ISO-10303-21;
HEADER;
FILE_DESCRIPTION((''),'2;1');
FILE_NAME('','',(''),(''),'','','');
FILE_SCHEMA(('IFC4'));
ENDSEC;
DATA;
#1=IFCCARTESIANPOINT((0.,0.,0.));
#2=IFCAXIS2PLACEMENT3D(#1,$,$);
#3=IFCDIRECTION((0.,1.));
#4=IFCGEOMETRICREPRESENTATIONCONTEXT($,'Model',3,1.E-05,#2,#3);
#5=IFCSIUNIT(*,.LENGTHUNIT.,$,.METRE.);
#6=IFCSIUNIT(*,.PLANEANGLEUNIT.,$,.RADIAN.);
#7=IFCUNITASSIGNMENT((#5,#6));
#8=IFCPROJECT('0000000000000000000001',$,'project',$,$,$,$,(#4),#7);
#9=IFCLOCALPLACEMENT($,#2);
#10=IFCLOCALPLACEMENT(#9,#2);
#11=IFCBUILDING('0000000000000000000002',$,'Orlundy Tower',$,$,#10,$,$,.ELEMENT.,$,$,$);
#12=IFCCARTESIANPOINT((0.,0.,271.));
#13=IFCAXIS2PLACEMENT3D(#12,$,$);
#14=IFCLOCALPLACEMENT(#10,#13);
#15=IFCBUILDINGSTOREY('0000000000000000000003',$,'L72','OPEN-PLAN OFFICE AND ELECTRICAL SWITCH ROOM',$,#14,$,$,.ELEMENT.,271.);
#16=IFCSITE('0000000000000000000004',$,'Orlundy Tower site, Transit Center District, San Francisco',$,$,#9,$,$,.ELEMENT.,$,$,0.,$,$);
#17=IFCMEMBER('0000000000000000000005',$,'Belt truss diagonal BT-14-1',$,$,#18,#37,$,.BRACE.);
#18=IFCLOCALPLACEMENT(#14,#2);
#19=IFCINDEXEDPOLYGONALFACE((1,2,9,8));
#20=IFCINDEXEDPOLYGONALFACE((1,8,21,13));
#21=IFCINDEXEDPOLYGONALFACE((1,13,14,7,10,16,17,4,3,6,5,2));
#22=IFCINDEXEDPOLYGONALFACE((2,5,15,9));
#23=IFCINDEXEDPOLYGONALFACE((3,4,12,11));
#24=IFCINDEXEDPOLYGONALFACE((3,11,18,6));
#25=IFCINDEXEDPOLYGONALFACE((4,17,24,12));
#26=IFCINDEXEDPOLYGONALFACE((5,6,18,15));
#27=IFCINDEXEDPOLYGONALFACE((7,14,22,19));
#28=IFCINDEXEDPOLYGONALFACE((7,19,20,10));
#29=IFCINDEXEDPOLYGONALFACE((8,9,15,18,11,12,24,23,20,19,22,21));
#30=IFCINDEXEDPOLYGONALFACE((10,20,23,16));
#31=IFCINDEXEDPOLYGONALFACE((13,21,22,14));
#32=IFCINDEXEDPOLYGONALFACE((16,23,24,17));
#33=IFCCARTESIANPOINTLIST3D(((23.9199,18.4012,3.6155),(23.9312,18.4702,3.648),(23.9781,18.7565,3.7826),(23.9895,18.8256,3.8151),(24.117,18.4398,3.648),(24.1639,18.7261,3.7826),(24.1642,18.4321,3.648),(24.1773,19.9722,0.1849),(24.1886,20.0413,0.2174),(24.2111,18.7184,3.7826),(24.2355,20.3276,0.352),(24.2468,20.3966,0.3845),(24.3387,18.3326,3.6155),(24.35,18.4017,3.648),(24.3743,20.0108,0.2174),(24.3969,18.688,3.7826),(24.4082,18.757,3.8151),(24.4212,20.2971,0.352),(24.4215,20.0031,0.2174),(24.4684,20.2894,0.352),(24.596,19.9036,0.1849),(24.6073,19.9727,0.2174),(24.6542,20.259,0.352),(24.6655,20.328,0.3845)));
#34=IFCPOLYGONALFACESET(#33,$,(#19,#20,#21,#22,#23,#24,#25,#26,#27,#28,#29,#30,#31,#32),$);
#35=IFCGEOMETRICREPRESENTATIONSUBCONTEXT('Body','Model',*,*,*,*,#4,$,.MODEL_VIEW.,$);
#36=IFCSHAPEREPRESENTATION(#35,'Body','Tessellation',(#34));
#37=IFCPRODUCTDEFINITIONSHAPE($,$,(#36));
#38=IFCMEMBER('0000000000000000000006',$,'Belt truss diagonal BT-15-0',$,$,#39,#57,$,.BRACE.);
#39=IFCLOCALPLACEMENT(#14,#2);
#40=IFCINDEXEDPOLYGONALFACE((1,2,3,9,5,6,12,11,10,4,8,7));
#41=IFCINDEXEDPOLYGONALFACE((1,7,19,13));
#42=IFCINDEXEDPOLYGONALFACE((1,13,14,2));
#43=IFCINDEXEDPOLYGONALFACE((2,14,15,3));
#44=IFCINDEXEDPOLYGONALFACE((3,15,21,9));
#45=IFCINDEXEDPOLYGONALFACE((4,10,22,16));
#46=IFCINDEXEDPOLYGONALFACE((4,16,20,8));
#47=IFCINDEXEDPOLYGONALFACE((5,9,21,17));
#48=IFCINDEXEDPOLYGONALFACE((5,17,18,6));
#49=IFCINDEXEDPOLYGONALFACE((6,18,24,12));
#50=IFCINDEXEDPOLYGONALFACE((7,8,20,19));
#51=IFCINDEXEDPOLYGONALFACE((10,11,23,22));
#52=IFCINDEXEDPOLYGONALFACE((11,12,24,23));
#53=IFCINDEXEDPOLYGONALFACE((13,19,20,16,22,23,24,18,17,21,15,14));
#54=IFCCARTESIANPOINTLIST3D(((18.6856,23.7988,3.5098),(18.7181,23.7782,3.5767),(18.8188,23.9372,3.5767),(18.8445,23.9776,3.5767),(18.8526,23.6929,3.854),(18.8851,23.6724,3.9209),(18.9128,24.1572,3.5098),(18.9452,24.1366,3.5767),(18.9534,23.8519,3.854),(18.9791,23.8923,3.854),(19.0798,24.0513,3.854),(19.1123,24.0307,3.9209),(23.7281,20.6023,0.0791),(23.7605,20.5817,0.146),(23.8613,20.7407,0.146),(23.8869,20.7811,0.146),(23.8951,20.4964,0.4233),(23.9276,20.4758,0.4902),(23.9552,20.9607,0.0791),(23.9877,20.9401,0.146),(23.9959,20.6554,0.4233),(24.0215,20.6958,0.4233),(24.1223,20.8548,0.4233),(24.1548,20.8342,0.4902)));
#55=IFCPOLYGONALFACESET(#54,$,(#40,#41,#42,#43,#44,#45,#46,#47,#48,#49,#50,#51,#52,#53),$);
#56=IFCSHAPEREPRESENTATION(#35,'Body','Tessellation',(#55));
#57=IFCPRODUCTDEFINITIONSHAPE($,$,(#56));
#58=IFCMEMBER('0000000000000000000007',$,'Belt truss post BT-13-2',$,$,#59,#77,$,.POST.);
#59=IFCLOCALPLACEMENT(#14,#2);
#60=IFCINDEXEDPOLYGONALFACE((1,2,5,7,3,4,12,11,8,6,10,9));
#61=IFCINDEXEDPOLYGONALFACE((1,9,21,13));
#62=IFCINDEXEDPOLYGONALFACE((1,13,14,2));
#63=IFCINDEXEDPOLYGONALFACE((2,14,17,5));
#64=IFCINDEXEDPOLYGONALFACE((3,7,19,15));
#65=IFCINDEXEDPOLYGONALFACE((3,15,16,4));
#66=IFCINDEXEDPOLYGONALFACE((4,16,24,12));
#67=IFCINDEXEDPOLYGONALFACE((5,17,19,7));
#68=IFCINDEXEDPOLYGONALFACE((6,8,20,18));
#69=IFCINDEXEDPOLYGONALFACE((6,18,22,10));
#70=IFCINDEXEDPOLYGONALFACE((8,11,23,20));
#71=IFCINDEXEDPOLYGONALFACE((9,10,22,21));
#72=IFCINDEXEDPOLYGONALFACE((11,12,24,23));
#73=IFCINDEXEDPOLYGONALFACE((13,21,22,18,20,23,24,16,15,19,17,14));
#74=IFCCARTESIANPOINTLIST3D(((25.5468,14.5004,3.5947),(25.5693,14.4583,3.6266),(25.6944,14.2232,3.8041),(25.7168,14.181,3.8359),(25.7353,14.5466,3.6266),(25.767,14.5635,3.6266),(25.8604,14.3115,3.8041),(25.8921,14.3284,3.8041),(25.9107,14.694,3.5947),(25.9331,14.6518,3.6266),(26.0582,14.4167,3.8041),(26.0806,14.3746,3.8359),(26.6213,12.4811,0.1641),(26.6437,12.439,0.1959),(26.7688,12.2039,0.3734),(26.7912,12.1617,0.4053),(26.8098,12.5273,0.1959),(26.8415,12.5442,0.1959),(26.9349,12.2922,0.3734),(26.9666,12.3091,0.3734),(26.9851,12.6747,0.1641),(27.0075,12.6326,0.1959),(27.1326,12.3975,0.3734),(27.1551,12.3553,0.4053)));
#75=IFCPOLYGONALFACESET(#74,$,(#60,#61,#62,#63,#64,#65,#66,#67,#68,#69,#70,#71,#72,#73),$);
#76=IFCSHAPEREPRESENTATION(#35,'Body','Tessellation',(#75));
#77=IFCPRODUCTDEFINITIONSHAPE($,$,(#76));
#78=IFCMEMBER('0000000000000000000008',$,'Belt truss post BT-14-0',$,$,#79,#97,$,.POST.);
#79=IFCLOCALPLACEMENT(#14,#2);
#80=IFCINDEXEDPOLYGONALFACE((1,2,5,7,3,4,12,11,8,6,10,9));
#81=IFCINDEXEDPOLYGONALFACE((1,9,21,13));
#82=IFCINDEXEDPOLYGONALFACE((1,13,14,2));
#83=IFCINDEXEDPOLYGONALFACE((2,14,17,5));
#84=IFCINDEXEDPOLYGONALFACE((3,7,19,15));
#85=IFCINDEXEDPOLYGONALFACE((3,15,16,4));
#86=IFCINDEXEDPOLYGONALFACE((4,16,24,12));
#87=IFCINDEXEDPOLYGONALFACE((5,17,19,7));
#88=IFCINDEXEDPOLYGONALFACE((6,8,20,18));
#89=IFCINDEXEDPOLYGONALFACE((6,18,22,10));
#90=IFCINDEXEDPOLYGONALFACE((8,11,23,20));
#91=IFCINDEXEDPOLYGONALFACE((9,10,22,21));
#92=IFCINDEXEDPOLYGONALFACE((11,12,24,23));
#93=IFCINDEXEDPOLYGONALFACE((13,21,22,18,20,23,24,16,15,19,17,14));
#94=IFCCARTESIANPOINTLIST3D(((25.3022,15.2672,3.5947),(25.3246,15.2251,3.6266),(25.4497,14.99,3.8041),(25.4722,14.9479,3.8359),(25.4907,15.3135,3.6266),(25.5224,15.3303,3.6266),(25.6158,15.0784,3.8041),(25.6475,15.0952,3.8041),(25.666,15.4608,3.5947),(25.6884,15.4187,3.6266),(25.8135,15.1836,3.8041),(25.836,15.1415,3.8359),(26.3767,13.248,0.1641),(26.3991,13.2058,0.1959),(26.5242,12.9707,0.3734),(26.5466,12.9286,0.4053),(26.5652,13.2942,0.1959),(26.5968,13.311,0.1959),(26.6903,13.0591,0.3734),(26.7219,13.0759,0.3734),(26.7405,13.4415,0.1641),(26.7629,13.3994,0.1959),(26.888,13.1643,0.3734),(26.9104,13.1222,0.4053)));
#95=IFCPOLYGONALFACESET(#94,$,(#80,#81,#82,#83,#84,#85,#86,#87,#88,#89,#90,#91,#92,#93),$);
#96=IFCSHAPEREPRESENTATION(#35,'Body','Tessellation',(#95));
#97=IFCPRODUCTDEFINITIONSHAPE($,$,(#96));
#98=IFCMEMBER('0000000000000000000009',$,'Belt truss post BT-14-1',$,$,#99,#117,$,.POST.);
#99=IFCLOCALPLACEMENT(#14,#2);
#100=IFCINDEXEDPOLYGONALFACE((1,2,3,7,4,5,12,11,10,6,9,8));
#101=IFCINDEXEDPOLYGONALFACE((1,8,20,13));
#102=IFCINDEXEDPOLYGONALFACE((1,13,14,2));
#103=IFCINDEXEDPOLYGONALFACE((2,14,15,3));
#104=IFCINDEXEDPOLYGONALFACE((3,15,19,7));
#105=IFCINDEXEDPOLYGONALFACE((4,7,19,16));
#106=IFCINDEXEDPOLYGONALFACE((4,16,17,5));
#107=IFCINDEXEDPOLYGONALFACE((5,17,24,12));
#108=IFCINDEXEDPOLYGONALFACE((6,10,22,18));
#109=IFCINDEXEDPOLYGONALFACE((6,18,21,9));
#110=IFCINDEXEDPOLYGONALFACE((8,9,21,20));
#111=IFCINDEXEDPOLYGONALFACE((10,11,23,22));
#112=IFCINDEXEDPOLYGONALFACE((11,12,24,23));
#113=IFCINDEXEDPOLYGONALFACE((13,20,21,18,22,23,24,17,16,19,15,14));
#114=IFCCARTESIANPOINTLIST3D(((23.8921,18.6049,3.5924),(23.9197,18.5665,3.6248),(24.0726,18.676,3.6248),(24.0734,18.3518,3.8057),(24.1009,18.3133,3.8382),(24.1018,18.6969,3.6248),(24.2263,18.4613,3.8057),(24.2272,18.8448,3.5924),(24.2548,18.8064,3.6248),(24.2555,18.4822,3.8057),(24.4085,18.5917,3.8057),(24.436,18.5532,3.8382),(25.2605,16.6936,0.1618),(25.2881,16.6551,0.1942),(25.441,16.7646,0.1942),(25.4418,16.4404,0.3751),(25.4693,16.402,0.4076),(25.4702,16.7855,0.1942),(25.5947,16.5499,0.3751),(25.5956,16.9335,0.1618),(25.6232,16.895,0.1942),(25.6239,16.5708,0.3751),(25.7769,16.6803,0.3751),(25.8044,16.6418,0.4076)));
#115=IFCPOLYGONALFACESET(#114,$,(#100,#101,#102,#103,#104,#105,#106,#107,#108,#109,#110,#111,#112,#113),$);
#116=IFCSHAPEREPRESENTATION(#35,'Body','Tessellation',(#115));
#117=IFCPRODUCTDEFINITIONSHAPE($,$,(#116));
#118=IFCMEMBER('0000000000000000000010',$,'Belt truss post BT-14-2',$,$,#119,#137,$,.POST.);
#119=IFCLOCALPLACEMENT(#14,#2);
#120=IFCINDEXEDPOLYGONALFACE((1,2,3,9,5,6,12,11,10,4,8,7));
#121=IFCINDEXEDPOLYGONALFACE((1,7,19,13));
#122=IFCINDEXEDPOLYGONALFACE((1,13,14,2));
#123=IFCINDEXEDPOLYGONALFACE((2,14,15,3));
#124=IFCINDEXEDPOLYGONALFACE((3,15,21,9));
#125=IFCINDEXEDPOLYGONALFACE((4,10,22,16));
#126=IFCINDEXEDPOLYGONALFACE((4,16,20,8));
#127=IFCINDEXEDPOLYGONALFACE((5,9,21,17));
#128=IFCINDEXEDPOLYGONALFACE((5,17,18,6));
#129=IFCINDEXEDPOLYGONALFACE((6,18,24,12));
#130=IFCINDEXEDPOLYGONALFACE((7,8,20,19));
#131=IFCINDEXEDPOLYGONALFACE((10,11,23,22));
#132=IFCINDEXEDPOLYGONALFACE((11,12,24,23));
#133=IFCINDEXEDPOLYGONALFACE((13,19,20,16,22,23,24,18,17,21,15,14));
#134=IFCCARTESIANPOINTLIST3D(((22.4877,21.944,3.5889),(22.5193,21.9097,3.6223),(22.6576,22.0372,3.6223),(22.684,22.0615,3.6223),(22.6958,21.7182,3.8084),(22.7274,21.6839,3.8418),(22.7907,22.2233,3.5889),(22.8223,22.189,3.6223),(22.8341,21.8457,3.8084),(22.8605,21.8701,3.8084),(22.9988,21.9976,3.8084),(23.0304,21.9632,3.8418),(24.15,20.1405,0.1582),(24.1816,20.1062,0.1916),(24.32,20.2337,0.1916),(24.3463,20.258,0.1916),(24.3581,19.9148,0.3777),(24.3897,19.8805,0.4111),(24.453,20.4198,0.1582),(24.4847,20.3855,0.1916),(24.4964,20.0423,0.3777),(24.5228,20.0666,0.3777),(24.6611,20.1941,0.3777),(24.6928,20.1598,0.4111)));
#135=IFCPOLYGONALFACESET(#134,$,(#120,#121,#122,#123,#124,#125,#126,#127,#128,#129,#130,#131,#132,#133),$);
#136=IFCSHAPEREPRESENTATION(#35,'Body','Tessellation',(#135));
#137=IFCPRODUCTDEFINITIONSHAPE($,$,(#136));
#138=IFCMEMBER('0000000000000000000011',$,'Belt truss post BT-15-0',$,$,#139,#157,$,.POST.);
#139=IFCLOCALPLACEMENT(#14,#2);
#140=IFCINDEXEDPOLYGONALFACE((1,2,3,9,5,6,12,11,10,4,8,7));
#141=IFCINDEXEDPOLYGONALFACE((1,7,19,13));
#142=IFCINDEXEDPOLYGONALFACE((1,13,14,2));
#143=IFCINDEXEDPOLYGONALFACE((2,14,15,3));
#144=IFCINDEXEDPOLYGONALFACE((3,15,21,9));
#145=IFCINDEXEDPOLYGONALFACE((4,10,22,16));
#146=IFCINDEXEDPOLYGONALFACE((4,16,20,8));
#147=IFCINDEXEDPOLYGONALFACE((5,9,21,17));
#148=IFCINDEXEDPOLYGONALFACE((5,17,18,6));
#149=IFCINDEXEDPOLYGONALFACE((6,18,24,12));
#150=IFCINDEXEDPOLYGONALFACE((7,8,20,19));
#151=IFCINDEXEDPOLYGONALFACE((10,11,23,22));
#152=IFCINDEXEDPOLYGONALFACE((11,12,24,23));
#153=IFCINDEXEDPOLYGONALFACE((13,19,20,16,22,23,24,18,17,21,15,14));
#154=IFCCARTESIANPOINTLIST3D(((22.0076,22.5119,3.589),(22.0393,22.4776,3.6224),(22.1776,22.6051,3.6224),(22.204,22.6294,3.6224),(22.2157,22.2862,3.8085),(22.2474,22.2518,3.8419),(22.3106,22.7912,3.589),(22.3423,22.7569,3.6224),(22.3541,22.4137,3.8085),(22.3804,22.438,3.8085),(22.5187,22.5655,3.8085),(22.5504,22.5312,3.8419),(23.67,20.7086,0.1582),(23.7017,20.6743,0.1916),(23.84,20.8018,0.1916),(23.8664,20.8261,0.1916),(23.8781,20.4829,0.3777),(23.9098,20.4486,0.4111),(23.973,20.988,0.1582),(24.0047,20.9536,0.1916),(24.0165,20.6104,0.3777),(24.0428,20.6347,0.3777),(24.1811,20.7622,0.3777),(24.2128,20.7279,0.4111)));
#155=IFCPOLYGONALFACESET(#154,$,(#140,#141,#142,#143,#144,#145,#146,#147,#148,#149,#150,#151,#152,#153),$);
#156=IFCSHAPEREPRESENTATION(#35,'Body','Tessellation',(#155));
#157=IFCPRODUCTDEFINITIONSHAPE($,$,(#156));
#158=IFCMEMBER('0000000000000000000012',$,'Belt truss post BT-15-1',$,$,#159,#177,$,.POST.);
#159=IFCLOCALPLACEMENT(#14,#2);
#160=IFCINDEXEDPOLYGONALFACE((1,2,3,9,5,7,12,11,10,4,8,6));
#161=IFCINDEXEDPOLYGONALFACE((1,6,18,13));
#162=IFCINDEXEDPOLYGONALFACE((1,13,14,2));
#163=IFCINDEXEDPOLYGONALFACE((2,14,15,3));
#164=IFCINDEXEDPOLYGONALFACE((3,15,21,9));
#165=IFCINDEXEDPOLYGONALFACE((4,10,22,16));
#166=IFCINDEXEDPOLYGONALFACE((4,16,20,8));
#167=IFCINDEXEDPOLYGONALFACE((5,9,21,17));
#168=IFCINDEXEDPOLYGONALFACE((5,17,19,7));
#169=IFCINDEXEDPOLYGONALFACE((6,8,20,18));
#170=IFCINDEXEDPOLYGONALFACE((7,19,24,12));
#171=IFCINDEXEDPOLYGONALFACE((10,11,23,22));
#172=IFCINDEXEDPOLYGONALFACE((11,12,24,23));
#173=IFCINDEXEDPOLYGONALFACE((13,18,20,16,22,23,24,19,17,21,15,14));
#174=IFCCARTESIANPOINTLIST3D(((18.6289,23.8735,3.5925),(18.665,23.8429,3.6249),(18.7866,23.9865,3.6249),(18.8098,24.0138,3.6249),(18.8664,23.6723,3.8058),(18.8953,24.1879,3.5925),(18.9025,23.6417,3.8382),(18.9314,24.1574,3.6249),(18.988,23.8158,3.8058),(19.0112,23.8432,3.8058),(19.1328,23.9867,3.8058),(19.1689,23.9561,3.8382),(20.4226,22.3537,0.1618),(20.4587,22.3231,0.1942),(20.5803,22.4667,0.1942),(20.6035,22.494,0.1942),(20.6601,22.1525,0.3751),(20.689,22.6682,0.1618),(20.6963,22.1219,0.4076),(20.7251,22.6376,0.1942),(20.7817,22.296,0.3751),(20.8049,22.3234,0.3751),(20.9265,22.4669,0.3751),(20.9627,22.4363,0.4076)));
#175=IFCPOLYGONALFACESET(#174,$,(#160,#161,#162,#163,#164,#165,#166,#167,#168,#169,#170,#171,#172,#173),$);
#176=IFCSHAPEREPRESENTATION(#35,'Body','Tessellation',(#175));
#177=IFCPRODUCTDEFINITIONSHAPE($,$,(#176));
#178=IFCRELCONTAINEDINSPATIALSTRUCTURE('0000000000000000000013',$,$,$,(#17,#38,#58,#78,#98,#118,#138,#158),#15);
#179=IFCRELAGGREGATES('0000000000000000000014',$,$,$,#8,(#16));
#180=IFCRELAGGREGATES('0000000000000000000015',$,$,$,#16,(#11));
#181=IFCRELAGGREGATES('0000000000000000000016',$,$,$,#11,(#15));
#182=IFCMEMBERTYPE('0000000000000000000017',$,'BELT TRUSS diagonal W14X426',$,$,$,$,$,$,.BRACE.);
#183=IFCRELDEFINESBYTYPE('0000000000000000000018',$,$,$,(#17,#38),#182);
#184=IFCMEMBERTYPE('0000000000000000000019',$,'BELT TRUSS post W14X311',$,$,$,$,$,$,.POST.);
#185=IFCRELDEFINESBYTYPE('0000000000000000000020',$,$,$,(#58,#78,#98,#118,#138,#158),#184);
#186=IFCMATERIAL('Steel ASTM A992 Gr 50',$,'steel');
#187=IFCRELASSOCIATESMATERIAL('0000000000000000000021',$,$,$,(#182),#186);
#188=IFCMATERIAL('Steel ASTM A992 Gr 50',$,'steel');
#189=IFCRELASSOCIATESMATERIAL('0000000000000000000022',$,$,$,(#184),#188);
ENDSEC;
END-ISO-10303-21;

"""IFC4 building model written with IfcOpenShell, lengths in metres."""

from ifc_helpers import new_model, si_unit, direction, frame, origin, origin_2d, place, context, subcontext, project, spatial, i_section, extrude, material, material_profile, profile_set, type_object, element, save


model = new_model("IFC4")

# Units and contexts
model_context = context("Model", 3, precision=1e-05, world=origin(), true_north=direction((0.0, 1.0)))
body_context = subcontext(model_context, "Body", "Model", "MODEL_VIEW")
ifc_project = project(units=[si_unit("LENGTHUNIT", "METRE"), si_unit("PLANEANGLEUNIT", "RADIAN")], contexts=[model_context])

# Site, building, storey
site_placement = place(None, origin())
site = spatial("IfcSite", under=ifc_project, at=site_placement, Name="Orlundy Tower site, Transit Center District, San Francisco", CompositionType="ELEMENT", RefElevation=0.0)
building_placement = place(site_placement, origin())
building = spatial("IfcBuilding", under=site, at=building_placement, Name="Orlundy Tower", CompositionType="ELEMENT")
storey_placement = place(building_placement, frame((0.0, 0.0, 271.0)))
storey = spatial("IfcBuildingStorey", under=building, at=storey_placement, Name="L72", Description="OPEN-PLAN OFFICE AND ELECTRICAL SWITCH ROOM", CompositionType="ELEMENT", Elevation=271.0)

# Members
ifc_material_1 = material(Name="Steel ASTM A992 Gr 50", Category="steel")
ifc_material_profile_1 = material_profile(ifc_material_1, i_section(OverallWidth=0.4243, OverallDepth=0.4741, WebThickness=0.0479, FlangeThickness=0.0771, at=origin_2d()), Name="W14X426")
ifc_profile_set_1 = profile_set([ifc_material_profile_1], Name="Steel ASTM A992 Gr 50")
member_type_1 = type_object("IfcMemberType", Name="BELT TRUSS diagonal W14X426", PredefinedType="BRACE", material=ifc_profile_set_1)
member_1_placement = place(storey_placement, frame((24.1641, 18.5791, 3.7153), z_axis=(0.068038, 0.415396, -0.907093), x_axis=(-0.98685, 0.161638, 0.0)))
element("IfcMember", 1, at=member_1_placement, inside=storey, type_object=member_type_1, Name="Belt truss diagonal BT-14-1", PredefinedType="BRACE", context=body_context, shape_type="SweptSolid", body=[
    extrude(i_section(OverallWidth=0.4243, OverallDepth=0.4741, WebThickness=0.0479, FlangeThickness=0.0771, at=origin_2d()), origin(), (0.0, 0.0, 1.0), 3.782),
])
member_2_placement = place(storey_placement, frame((23.9414, 20.7183, 0.2847), z_axis=(-0.732304, 0.464223, 0.498225), x_axis=(-0.535406, -0.844595, 0.0)))
element("IfcMember", 2, at=member_2_placement, inside=storey, type_object=member_type_1, Name="Belt truss diagonal BT-15-0", PredefinedType="BRACE", context=body_context, shape_type="SweptSolid", body=[
    extrude(i_section(OverallWidth=0.4243, OverallDepth=0.4741, WebThickness=0.0479, FlangeThickness=0.0771, at=origin_2d()), origin(), (0.0, 0.0, 1.0), 6.8857),
])
ifc_material_2 = material(Name="Steel ASTM A992 Gr 50", Category="steel")
ifc_material_profile_2 = material_profile(ifc_material_2, i_section(OverallWidth=0.4121, OverallDepth=0.4348, WebThickness=0.0359, FlangeThickness=0.0574, at=origin_2d()), Name="W14X311")
ifc_profile_set_2 = profile_set([ifc_material_profile_2], Name="Steel ASTM A992 Gr 50")
member_type_2 = type_object("IfcMemberType", Name="BELT TRUSS post W14X311", PredefinedType="POST", material=ifc_profile_set_2)
for number, where, z_axis, x_axis, name in (
    (3, (26.8882, 12.4182, 0.2847), (-0.260584, 0.489728, 0.832023), (-0.882805, -0.46974, 0.0), "Belt truss post BT-13-2"),
    (4, (26.6436, 13.1851, 0.2847), (-0.260584, 0.489728, 0.832023), (-0.882805, -0.46974, 0.0), "Belt truss post BT-14-0"),
):
    element("IfcMember", number, at=place(storey_placement, frame(where, z_axis=z_axis, x_axis=x_axis)), inside=storey, type_object=member_type_2, Name=name, PredefinedType="POST", context=body_context, shape_type="SweptSolid", body=[
        extrude(i_section(OverallWidth=0.4121, OverallDepth=0.4348, WebThickness=0.0359, FlangeThickness=0.0574, at=origin_2d()), origin(), (0.0, 0.0, 1.0), 4.1233),
    ])
member_3_placement = place(storey_placement, frame((25.5325, 16.6677, 0.2847), z_axis=(-0.329042, 0.459602, 0.824923), x_axis=(-0.813101, -0.582122, 0.0)))
element("IfcMember", 5, at=member_3_placement, inside=storey, type_object=member_type_2, Name="Belt truss post BT-14-1", PredefinedType="POST", context=body_context, shape_type="SweptSolid", body=[
    extrude(i_section(OverallWidth=0.4121, OverallDepth=0.4348, WebThickness=0.0359, FlangeThickness=0.0574, at=origin_2d()), origin(), (0.0, 0.0, 1.0), 4.1587),
])
for number, where, z_axis, x_axis, name in (
    (6, (24.4214, 20.1501, 0.2847), (-0.394178, 0.427638, 0.81348), (-0.735288, -0.677755, 0.0), "Belt truss post BT-14-2"),
    (7, (23.9414, 20.7183, 0.2847), (-0.394187, 0.427591, 0.8135), (-0.735242, -0.677804, 0.0), "Belt truss post BT-15-0"),
):
    element("IfcMember", number, at=place(storey_placement, frame(where, z_axis=z_axis, x_axis=x_axis)), inside=storey, type_object=member_type_2, Name=name, PredefinedType="POST", context=body_context, shape_type="SweptSolid", body=[
        extrude(i_section(OverallWidth=0.4121, OverallDepth=0.4348, WebThickness=0.0359, FlangeThickness=0.0574, at=origin_2d()), origin(), (0.0, 0.0, 1.0), 4.2173),
    ])
member_4_placement = place(storey_placement, frame((20.6926, 22.395, 0.2847), z_axis=(-0.431291, 0.365426, 0.824895), x_axis=(-0.646445, -0.762961, 0.0)))
element("IfcMember", 8, at=member_4_placement, inside=storey, type_object=member_type_2, Name="Belt truss post BT-15-1", PredefinedType="POST", context=body_context, shape_type="SweptSolid", body=[
    extrude(i_section(OverallWidth=0.4121, OverallDepth=0.4348, WebThickness=0.0359, FlangeThickness=0.0574, at=origin_2d()), origin(), (0.0, 0.0, 1.0), 4.1589),
])

save(model, "model.ifc")
